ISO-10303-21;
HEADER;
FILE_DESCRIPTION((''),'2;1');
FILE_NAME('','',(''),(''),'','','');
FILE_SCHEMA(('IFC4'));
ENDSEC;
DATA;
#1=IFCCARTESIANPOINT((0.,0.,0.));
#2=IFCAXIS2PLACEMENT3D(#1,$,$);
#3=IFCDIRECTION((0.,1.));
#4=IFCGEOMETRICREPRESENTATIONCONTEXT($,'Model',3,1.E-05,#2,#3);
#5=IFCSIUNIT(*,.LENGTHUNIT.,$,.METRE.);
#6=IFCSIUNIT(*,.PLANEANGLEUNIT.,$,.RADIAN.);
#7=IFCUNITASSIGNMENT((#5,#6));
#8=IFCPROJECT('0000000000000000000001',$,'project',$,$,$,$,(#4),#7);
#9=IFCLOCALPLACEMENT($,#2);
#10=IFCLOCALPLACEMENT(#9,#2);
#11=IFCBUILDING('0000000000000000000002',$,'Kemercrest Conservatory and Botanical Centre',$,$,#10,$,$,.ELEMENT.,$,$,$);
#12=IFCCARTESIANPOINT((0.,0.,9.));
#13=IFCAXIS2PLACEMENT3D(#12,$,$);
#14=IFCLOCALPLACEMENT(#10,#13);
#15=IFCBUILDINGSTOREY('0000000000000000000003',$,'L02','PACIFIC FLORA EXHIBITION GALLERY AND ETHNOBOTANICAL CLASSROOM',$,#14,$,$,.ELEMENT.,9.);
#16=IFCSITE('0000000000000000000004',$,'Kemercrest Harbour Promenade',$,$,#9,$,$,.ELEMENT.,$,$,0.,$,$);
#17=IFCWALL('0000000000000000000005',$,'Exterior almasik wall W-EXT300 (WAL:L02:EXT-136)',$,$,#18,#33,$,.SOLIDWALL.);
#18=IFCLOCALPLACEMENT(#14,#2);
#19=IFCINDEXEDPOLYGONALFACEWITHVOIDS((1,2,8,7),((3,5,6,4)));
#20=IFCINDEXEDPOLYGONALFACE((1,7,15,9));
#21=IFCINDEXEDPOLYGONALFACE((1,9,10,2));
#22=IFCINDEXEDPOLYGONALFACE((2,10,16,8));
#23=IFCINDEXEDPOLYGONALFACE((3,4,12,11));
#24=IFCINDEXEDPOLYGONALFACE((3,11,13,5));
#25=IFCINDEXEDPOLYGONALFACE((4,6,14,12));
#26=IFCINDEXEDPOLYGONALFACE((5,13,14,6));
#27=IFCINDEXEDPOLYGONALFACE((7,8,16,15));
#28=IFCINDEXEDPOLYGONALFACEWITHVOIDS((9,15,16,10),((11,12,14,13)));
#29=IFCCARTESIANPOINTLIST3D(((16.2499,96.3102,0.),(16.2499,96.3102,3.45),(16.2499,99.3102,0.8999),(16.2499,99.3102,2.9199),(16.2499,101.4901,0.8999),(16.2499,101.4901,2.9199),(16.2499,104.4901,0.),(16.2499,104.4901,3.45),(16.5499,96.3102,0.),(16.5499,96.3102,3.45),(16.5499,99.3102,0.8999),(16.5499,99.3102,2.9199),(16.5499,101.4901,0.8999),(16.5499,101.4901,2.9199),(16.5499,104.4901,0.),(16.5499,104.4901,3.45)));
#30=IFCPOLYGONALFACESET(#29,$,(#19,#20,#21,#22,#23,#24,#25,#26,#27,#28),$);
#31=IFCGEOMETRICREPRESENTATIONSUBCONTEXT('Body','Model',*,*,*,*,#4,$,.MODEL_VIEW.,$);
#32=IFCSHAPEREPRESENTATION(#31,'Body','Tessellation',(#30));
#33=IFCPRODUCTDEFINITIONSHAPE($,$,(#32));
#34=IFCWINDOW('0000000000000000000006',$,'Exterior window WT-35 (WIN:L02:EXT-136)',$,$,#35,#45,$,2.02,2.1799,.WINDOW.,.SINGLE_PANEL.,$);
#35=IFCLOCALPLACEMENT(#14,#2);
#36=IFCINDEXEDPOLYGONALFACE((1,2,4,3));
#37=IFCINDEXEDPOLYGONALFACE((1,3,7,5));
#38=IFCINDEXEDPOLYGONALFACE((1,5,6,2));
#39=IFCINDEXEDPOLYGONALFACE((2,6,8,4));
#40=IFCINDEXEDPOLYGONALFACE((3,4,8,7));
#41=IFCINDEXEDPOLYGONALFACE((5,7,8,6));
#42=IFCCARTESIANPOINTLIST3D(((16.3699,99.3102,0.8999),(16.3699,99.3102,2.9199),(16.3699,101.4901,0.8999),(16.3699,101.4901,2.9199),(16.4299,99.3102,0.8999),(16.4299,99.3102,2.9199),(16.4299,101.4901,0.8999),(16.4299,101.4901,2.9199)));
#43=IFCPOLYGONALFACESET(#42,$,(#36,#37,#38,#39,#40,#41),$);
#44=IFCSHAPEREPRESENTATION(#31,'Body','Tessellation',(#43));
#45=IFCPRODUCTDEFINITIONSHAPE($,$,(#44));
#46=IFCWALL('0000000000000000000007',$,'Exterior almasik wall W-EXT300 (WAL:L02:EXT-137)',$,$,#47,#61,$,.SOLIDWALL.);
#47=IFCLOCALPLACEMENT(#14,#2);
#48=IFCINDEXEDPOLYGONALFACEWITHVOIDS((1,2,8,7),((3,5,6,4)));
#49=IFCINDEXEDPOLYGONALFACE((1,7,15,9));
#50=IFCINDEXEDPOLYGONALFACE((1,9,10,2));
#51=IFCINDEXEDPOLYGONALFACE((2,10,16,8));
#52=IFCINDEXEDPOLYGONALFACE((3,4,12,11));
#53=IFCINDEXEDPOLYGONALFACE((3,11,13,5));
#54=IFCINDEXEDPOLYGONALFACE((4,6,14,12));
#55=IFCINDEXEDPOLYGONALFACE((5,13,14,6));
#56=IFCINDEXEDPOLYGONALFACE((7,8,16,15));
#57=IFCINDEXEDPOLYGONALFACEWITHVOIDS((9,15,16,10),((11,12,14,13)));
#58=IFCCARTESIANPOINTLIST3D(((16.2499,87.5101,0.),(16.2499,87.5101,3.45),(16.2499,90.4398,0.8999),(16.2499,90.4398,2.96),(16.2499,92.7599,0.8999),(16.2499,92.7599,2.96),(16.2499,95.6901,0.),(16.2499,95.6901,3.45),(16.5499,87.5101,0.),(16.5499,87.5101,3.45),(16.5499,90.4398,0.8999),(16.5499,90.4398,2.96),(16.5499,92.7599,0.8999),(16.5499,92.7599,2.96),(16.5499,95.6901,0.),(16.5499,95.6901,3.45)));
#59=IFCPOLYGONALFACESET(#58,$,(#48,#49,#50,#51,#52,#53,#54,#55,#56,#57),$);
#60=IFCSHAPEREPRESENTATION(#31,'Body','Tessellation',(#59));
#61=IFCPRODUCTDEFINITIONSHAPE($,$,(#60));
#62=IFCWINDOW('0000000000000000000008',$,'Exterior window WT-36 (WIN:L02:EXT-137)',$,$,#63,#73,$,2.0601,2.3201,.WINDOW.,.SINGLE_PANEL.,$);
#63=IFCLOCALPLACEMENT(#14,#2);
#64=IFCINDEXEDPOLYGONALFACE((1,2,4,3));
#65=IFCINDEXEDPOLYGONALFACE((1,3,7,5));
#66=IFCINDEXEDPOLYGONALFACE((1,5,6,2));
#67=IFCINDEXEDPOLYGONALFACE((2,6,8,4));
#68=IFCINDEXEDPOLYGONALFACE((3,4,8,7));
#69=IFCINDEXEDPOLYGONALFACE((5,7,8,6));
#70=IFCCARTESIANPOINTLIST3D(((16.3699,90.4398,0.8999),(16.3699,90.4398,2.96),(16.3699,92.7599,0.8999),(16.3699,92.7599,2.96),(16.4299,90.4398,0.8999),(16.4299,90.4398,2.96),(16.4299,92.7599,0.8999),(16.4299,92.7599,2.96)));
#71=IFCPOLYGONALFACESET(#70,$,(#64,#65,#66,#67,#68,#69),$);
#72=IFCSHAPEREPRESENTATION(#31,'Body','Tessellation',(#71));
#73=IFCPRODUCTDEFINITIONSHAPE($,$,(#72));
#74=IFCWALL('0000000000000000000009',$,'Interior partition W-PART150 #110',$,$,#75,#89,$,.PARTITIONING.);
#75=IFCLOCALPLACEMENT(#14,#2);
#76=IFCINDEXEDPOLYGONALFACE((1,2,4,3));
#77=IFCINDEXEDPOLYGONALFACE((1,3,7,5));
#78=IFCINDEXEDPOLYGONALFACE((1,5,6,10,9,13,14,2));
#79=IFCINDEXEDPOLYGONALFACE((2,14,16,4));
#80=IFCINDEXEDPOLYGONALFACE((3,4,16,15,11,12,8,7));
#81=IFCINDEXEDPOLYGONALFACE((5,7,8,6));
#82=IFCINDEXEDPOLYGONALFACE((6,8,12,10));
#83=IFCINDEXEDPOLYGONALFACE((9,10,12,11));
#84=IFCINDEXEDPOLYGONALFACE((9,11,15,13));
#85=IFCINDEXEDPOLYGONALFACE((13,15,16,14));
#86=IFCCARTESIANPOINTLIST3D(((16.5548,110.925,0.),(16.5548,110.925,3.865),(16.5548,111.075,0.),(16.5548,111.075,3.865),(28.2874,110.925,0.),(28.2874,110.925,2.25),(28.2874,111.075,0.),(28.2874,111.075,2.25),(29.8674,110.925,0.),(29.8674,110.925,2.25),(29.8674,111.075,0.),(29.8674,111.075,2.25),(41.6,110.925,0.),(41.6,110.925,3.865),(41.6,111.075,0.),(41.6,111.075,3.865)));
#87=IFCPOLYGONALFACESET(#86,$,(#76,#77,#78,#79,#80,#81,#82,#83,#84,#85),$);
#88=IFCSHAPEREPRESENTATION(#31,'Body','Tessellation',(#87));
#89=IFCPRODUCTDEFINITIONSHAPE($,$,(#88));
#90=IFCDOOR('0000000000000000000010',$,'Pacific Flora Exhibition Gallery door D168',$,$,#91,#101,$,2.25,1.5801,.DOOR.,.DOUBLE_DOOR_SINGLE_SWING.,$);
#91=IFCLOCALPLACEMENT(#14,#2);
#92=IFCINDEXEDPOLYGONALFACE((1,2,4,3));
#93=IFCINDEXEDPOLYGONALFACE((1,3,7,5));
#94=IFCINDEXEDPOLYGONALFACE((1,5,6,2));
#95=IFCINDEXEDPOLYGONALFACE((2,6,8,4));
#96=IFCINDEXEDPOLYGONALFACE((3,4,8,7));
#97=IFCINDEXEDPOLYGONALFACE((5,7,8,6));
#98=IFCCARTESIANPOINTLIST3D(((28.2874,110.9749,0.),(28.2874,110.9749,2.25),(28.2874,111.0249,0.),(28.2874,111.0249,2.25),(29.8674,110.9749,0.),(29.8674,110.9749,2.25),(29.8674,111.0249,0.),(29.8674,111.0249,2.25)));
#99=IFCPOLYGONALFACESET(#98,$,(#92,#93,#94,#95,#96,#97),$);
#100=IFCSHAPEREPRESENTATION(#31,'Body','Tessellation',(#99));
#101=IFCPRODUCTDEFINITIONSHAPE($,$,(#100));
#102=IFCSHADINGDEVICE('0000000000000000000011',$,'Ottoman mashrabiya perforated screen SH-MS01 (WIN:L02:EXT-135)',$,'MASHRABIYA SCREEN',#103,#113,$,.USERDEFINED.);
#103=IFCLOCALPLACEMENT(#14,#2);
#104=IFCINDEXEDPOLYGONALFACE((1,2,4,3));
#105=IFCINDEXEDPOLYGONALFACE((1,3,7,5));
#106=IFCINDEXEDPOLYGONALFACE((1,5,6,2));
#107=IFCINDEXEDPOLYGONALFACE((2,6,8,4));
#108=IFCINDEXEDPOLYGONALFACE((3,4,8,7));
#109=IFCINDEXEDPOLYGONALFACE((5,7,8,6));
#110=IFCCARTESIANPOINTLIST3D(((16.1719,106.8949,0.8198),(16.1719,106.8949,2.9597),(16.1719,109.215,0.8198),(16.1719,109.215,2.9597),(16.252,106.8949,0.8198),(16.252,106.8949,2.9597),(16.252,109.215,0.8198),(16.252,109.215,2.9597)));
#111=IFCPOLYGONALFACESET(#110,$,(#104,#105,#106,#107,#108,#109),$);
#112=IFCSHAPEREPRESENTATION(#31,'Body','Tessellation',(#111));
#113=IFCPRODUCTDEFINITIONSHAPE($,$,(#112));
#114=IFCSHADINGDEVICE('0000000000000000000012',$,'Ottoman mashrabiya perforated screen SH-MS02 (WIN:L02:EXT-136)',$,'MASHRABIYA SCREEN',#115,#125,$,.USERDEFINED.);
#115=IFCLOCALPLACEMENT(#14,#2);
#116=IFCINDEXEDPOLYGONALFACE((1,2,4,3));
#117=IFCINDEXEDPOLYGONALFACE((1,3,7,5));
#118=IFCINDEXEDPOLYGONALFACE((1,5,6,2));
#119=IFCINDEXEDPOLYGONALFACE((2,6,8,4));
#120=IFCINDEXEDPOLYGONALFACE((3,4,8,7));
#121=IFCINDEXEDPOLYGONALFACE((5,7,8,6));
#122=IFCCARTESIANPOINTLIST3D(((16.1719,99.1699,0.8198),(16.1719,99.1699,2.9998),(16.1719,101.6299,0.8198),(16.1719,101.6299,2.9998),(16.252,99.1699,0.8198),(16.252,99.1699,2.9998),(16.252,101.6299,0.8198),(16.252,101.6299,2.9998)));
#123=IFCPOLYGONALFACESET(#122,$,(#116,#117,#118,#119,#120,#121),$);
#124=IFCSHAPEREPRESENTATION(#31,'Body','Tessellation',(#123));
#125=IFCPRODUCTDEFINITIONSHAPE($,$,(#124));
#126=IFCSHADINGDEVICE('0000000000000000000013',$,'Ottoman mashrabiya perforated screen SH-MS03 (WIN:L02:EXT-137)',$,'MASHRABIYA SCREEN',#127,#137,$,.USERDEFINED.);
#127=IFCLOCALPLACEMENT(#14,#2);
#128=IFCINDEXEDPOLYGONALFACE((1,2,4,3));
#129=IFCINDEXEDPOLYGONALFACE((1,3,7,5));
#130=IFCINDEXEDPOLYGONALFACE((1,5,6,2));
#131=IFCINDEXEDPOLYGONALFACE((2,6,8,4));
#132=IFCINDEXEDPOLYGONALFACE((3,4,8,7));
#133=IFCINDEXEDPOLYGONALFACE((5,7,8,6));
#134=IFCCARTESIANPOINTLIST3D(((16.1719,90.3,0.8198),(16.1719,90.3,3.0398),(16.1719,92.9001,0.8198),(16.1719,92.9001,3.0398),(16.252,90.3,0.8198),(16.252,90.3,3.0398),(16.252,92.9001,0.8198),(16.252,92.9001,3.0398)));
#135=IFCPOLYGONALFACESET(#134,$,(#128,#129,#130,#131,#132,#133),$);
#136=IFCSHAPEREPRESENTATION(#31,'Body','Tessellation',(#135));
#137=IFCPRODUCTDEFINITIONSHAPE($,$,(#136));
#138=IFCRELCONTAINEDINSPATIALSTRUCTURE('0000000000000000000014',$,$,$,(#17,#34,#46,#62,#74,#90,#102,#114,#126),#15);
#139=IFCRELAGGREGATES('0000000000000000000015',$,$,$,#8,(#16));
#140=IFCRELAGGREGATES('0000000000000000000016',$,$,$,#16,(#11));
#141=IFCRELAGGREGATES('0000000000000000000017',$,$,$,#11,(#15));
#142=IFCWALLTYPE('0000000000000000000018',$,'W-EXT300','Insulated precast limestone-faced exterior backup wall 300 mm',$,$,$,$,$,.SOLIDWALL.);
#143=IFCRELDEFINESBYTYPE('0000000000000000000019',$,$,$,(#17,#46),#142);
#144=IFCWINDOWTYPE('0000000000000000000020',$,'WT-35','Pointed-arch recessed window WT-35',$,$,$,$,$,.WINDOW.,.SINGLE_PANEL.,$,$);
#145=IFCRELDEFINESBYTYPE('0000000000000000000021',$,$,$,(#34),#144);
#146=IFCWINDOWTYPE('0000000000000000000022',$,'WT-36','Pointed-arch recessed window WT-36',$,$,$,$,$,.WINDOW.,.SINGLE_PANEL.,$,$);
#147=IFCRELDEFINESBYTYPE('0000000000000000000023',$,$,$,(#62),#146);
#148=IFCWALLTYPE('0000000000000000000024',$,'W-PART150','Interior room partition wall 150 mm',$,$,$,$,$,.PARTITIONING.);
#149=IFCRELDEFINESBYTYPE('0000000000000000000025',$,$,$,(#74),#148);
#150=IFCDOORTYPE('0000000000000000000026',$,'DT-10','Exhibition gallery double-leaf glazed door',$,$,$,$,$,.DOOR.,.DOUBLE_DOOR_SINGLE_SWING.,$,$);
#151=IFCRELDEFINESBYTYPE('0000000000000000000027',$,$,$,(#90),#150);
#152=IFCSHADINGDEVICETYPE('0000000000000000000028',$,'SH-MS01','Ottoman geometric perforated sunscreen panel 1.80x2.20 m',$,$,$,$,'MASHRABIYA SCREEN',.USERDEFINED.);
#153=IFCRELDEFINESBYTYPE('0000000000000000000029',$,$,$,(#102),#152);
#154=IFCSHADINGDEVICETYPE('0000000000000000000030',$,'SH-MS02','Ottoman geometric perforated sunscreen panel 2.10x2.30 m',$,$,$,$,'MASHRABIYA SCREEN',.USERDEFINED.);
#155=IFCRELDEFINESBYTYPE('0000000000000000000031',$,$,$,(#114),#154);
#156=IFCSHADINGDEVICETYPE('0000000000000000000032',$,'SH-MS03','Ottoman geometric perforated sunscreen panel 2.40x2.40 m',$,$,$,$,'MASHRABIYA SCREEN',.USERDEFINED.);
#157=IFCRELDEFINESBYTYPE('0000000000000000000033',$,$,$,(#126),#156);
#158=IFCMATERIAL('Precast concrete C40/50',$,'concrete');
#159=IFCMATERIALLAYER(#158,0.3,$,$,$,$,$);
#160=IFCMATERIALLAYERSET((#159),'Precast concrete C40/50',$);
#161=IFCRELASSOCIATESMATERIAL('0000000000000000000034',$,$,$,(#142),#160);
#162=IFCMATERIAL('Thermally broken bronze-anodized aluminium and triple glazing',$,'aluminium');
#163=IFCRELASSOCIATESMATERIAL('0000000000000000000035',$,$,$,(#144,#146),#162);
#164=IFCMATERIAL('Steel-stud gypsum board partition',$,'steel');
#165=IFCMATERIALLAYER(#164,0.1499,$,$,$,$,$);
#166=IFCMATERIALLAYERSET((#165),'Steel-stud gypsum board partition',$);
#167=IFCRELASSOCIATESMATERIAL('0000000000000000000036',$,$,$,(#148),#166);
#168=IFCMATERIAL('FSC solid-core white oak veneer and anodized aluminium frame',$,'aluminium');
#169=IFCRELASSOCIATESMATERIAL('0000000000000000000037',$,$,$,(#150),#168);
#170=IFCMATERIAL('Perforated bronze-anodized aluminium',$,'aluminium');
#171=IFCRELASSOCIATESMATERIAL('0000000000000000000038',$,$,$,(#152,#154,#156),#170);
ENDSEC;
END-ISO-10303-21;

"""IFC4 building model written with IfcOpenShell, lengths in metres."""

from ifc_helpers import new_model, si_unit, direction, frame, frame_2d, origin, origin_2d, place, context, subcontext, project, spatial, rectangle, extrude, material, layer, layer_set, type_object, element, fill, save


model = new_model("IFC4")

# Units and contexts
model_context = context("Model", 3, precision=1e-05, world=origin(), true_north=direction((0.0, 1.0)))
body_context = subcontext(model_context, "Body", "Model", "MODEL_VIEW")
ifc_project = project(units=[si_unit("LENGTHUNIT", "METRE"), si_unit("PLANEANGLEUNIT", "RADIAN")], contexts=[model_context])

# Site, building, storey
site_placement = place(None, origin())
site = spatial("IfcSite", under=ifc_project, at=site_placement, Name="Kemercrest Harbour Promenade", CompositionType="ELEMENT", RefElevation=0.0)
building_placement = place(site_placement, origin())
building = spatial("IfcBuilding", under=site, at=building_placement, Name="Kemercrest Conservatory and Botanical Centre", CompositionType="ELEMENT")
storey_placement = place(building_placement, frame((0.0, 0.0, 9.0)))
storey = spatial("IfcBuildingStorey", under=building, at=storey_placement, Name="L02", Description="PACIFIC FLORA EXHIBITION GALLERY AND ETHNOBOTANICAL CLASSROOM", CompositionType="ELEMENT", Elevation=9.0)

# Shared definitions
ifc_material_1 = material(Name="Precast concrete C40/50", Category="concrete")

# Walls, openings, windows
ifc_layer_1 = layer(ifc_material_1, 0.3)
ifc_layer_set_1 = layer_set([ifc_layer_1], Name="Precast concrete C40/50")
wall_type_1 = type_object("IfcWallType", Name="W-EXT300", Description="Insulated precast limestone-faced exterior backup wall 300 mm", PredefinedType="SOLIDWALL", material=ifc_layer_set_1)
ifc_material_2 = material(Name="Thermally broken bronze-anodized aluminium and triple glazing", Category="aluminium")
wall_1_placement = place(storey_placement, frame((16.3999, 104.49, 0.0), z_axis=(0.0, 0.0, 1.0), x_axis=(0.0, -1.0, 0.0)))
wall_1 = element("IfcWall", 1, at=wall_1_placement, inside=storey, type_object=wall_type_1, Name="Exterior almasik wall W-EXT300 (WAL:L02:EXT-136)", PredefinedType="SOLIDWALL", context=body_context, shape_type="SweptSolid", body=[
    extrude(rectangle(XDim=8.1799, YDim=0.3, at=frame_2d((4.0898, 0.0))), origin(), (0.0, 0.0, 1.0), 3.45),
])
opening_1_placement = place(wall_1_placement, frame((3.0, 0.0, 0.8999)))
opening_1 = element("IfcOpeningElement", 2, at=opening_1_placement, cuts=wall_1, PredefinedType="OPENING", context=body_context, shape_type="SweptSolid", body=[
    extrude(rectangle(XDim=2.1799, YDim=2.02, at=frame_2d((1.0898, 1.01))), frame((0.0, 0.1602, 0.0), z_axis=(0.0, -1.0, 0.0), x_axis=(1.0, 0.0, 0.0)), (0.0, 0.0, 1.0), 0.3201),
])
window_type_1 = type_object("IfcWindowType", Name="WT-35", Description="Pointed-arch recessed window WT-35", PartitioningType="SINGLE_PANEL", PredefinedType="WINDOW", material=ifc_material_2)
window_1_placement = place(opening_1_placement, origin())
window_1 = element("IfcWindow", 3, at=window_1_placement, inside=storey, type_object=window_type_1, Name="Exterior window WT-35 (WIN:L02:EXT-136)", OverallHeight=2.02, OverallWidth=2.1799, PartitioningType="SINGLE_PANEL", PredefinedType="WINDOW", context=body_context, shape_type="SweptSolid", body=[
    extrude(rectangle(XDim=2.1799, YDim=2.02, at=frame_2d((1.0898, 1.01))), frame((0.0, 0.03, 0.0), z_axis=(0.0, -1.0, 0.0), x_axis=(1.0, 0.0, 0.0)), (0.0, 0.0, 1.0), 0.0601),
])
fill(opening_1, window_1)
wall_2_placement = place(storey_placement, frame((16.3999, 95.6899, 0.0), z_axis=(0.0, 0.0, 1.0), x_axis=(0.0, -1.0, 0.0)))
wall_2 = element("IfcWall", 4, at=wall_2_placement, inside=storey, type_object=wall_type_1, Name="Exterior almasik wall W-EXT300 (WAL:L02:EXT-137)", PredefinedType="SOLIDWALL", context=body_context, shape_type="SweptSolid", body=[
    extrude(rectangle(XDim=8.1799, YDim=0.3, at=frame_2d((4.0898, 0.0))), origin(), (0.0, 0.0, 1.0), 3.45),
])
opening_2_placement = place(wall_2_placement, frame((2.9299, 0.0, 0.8999)))
opening_2 = element("IfcOpeningElement", 5, at=opening_2_placement, cuts=wall_2, PredefinedType="OPENING", context=body_context, shape_type="SweptSolid", body=[
    extrude(rectangle(XDim=2.3201, YDim=2.0601, at=frame_2d((1.1602, 1.03))), frame((0.0, 0.1602, 0.0), z_axis=(0.0, -1.0, 0.0), x_axis=(1.0, 0.0, 0.0)), (0.0, 0.0, 1.0), 0.3201),
])
window_type_2 = type_object("IfcWindowType", Name="WT-36", Description="Pointed-arch recessed window WT-36", PartitioningType="SINGLE_PANEL", PredefinedType="WINDOW", material=ifc_material_2)
window_2_placement = place(opening_2_placement, origin())
window_2 = element("IfcWindow", 6, at=window_2_placement, inside=storey, type_object=window_type_2, Name="Exterior window WT-36 (WIN:L02:EXT-137)", OverallHeight=2.0601, OverallWidth=2.3201, PartitioningType="SINGLE_PANEL", PredefinedType="WINDOW", context=body_context, shape_type="SweptSolid", body=[
    extrude(rectangle(XDim=2.3201, YDim=2.0601, at=frame_2d((1.1602, 1.03))), frame((0.0, 0.03, 0.0), z_axis=(0.0, -1.0, 0.0), x_axis=(1.0, 0.0, 0.0)), (0.0, 0.0, 1.0), 0.0601),
])
fill(opening_2, window_2)

# Wall, opening, door
ifc_material_3 = material(Name="Steel-stud gypsum board partition", Category="steel")
ifc_layer_2 = layer(ifc_material_3, 0.1499)
ifc_layer_set_2 = layer_set([ifc_layer_2], Name="Steel-stud gypsum board partition")
wall_type_2 = type_object("IfcWallType", Name="W-PART150", Description="Interior room partition wall 150 mm", PredefinedType="PARTITIONING", material=ifc_layer_set_2)
wall_3_placement = place(storey_placement, frame((16.5549, 111.0, 0.0), z_axis=(0.0, 0.0, 1.0), x_axis=(1.0, 0.0, 0.0)))
wall_3 = element("IfcWall", 7, at=wall_3_placement, inside=storey, type_object=wall_type_2, Name="Interior partition W-PART150 #110", PredefinedType="PARTITIONING", context=body_context, shape_type="SweptSolid", body=[
    extrude(rectangle(XDim=25.0452, YDim=0.1499, at=frame_2d((12.5225, 0.0))), origin(), (0.0, 0.0, 1.0), 3.865),
])
opening_3_placement = place(wall_3_placement, frame((11.7324, 0.0, 0.0)))
opening_3 = element("IfcOpeningElement", 8, at=opening_3_placement, cuts=wall_3, PredefinedType="OPENING", context=body_context, shape_type="SweptSolid", body=[
    extrude(rectangle(XDim=1.5801, YDim=2.25, at=frame_2d((0.79, 1.125))), frame((0.0, 0.085, 0.0), z_axis=(0.0, -1.0, 0.0), x_axis=(1.0, 0.0, 0.0)), (0.0, 0.0, 1.0), 0.1699),
])
ifc_material_4 = material(Name="FSC solid-core white oak veneer and anodized aluminium frame", Category="aluminium")
door_type = type_object("IfcDoorType", Name="DT-10", Description="Exhibition gallery double-leaf glazed door", OperationType="DOUBLE_DOOR_SINGLE_SWING", PredefinedType="DOOR", material=ifc_material_4)
door_placement = place(opening_3_placement, origin())
door = element("IfcDoor", 9, at=door_placement, inside=storey, type_object=door_type, Name="Pacific Flora Exhibition Gallery door D168", OperationType="DOUBLE_DOOR_SINGLE_SWING", OverallHeight=2.25, OverallWidth=1.5801, PredefinedType="DOOR", context=body_context, shape_type="SweptSolid", body=[
    extrude(rectangle(XDim=1.5801, YDim=2.25, at=frame_2d((0.79, 1.125))), frame((0.0, 0.0249, 0.0), z_axis=(0.0, -1.0, 0.0), x_axis=(1.0, 0.0, 0.0)), (0.0, 0.0, 1.0), 0.05),
])
fill(opening_3, door)

# Shading devices
ifc_material_5 = material(Name="Perforated bronze-anodized aluminium", Category="aluminium")
shading_device_type_1 = type_object("IfcShadingDeviceType", Name="SH-MS01", Description="Ottoman geometric perforated sunscreen panel 1.80x2.20 m", ElementType="MASHRABIYA SCREEN", PredefinedType="USERDEFINED", material=ifc_material_5)
shading_device_1_placement = place(storey_placement, frame((16.2119, 108.0549, 0.8198), z_axis=(0.0, 0.0, 1.0), x_axis=(0.0, -1.0, 0.0)))
element("IfcShadingDevice", 10, at=shading_device_1_placement, inside=storey, type_object=shading_device_type_1, Name="Ottoman mashrabiya perforated screen SH-MS01 (WIN:L02:EXT-135)", ObjectType="MASHRABIYA SCREEN", PredefinedType="USERDEFINED", context=body_context, shape_type="SweptSolid", body=[
    extrude(rectangle(XDim=2.3201, YDim=0.0801, at=origin_2d()), origin(), (0.0, 0.0, 1.0), 2.1399),
])
shading_device_type_2 = type_object("IfcShadingDeviceType", Name="SH-MS02", Description="Ottoman geometric perforated sunscreen panel 2.10x2.30 m", ElementType="MASHRABIYA SCREEN", PredefinedType="USERDEFINED", material=ifc_material_5)
shading_device_2_placement = place(storey_placement, frame((16.2119, 100.3999, 0.8198), z_axis=(0.0, 0.0, 1.0), x_axis=(0.0, -1.0, 0.0)))
element("IfcShadingDevice", 11, at=shading_device_2_placement, inside=storey, type_object=shading_device_type_2, Name="Ottoman mashrabiya perforated screen SH-MS02 (WIN:L02:EXT-136)", ObjectType="MASHRABIYA SCREEN", PredefinedType="USERDEFINED", context=body_context, shape_type="SweptSolid", body=[
    extrude(rectangle(XDim=2.46, YDim=0.0801, at=origin_2d()), origin(), (0.0, 0.0, 1.0), 2.1799),
])
shading_device_type_3 = type_object("IfcShadingDeviceType", Name="SH-MS03", Description="Ottoman geometric perforated sunscreen panel 2.40x2.40 m", ElementType="MASHRABIYA SCREEN", PredefinedType="USERDEFINED", material=ifc_material_5)
shading_device_3_placement = place(storey_placement, frame((16.2119, 91.6001, 0.8198), z_axis=(0.0, 0.0, 1.0), x_axis=(0.0, -1.0, 0.0)))
element("IfcShadingDevice", 12, at=shading_device_3_placement, inside=storey, type_object=shading_device_type_3, Name="Ottoman mashrabiya perforated screen SH-MS03 (WIN:L02:EXT-137)", ObjectType="MASHRABIYA SCREEN", PredefinedType="USERDEFINED", context=body_context, shape_type="SweptSolid", body=[
    extrude(rectangle(XDim=2.6001, YDim=0.0801, at=origin_2d()), origin(), (0.0, 0.0, 1.0), 2.22),
])

save(model, "model.ifc")
